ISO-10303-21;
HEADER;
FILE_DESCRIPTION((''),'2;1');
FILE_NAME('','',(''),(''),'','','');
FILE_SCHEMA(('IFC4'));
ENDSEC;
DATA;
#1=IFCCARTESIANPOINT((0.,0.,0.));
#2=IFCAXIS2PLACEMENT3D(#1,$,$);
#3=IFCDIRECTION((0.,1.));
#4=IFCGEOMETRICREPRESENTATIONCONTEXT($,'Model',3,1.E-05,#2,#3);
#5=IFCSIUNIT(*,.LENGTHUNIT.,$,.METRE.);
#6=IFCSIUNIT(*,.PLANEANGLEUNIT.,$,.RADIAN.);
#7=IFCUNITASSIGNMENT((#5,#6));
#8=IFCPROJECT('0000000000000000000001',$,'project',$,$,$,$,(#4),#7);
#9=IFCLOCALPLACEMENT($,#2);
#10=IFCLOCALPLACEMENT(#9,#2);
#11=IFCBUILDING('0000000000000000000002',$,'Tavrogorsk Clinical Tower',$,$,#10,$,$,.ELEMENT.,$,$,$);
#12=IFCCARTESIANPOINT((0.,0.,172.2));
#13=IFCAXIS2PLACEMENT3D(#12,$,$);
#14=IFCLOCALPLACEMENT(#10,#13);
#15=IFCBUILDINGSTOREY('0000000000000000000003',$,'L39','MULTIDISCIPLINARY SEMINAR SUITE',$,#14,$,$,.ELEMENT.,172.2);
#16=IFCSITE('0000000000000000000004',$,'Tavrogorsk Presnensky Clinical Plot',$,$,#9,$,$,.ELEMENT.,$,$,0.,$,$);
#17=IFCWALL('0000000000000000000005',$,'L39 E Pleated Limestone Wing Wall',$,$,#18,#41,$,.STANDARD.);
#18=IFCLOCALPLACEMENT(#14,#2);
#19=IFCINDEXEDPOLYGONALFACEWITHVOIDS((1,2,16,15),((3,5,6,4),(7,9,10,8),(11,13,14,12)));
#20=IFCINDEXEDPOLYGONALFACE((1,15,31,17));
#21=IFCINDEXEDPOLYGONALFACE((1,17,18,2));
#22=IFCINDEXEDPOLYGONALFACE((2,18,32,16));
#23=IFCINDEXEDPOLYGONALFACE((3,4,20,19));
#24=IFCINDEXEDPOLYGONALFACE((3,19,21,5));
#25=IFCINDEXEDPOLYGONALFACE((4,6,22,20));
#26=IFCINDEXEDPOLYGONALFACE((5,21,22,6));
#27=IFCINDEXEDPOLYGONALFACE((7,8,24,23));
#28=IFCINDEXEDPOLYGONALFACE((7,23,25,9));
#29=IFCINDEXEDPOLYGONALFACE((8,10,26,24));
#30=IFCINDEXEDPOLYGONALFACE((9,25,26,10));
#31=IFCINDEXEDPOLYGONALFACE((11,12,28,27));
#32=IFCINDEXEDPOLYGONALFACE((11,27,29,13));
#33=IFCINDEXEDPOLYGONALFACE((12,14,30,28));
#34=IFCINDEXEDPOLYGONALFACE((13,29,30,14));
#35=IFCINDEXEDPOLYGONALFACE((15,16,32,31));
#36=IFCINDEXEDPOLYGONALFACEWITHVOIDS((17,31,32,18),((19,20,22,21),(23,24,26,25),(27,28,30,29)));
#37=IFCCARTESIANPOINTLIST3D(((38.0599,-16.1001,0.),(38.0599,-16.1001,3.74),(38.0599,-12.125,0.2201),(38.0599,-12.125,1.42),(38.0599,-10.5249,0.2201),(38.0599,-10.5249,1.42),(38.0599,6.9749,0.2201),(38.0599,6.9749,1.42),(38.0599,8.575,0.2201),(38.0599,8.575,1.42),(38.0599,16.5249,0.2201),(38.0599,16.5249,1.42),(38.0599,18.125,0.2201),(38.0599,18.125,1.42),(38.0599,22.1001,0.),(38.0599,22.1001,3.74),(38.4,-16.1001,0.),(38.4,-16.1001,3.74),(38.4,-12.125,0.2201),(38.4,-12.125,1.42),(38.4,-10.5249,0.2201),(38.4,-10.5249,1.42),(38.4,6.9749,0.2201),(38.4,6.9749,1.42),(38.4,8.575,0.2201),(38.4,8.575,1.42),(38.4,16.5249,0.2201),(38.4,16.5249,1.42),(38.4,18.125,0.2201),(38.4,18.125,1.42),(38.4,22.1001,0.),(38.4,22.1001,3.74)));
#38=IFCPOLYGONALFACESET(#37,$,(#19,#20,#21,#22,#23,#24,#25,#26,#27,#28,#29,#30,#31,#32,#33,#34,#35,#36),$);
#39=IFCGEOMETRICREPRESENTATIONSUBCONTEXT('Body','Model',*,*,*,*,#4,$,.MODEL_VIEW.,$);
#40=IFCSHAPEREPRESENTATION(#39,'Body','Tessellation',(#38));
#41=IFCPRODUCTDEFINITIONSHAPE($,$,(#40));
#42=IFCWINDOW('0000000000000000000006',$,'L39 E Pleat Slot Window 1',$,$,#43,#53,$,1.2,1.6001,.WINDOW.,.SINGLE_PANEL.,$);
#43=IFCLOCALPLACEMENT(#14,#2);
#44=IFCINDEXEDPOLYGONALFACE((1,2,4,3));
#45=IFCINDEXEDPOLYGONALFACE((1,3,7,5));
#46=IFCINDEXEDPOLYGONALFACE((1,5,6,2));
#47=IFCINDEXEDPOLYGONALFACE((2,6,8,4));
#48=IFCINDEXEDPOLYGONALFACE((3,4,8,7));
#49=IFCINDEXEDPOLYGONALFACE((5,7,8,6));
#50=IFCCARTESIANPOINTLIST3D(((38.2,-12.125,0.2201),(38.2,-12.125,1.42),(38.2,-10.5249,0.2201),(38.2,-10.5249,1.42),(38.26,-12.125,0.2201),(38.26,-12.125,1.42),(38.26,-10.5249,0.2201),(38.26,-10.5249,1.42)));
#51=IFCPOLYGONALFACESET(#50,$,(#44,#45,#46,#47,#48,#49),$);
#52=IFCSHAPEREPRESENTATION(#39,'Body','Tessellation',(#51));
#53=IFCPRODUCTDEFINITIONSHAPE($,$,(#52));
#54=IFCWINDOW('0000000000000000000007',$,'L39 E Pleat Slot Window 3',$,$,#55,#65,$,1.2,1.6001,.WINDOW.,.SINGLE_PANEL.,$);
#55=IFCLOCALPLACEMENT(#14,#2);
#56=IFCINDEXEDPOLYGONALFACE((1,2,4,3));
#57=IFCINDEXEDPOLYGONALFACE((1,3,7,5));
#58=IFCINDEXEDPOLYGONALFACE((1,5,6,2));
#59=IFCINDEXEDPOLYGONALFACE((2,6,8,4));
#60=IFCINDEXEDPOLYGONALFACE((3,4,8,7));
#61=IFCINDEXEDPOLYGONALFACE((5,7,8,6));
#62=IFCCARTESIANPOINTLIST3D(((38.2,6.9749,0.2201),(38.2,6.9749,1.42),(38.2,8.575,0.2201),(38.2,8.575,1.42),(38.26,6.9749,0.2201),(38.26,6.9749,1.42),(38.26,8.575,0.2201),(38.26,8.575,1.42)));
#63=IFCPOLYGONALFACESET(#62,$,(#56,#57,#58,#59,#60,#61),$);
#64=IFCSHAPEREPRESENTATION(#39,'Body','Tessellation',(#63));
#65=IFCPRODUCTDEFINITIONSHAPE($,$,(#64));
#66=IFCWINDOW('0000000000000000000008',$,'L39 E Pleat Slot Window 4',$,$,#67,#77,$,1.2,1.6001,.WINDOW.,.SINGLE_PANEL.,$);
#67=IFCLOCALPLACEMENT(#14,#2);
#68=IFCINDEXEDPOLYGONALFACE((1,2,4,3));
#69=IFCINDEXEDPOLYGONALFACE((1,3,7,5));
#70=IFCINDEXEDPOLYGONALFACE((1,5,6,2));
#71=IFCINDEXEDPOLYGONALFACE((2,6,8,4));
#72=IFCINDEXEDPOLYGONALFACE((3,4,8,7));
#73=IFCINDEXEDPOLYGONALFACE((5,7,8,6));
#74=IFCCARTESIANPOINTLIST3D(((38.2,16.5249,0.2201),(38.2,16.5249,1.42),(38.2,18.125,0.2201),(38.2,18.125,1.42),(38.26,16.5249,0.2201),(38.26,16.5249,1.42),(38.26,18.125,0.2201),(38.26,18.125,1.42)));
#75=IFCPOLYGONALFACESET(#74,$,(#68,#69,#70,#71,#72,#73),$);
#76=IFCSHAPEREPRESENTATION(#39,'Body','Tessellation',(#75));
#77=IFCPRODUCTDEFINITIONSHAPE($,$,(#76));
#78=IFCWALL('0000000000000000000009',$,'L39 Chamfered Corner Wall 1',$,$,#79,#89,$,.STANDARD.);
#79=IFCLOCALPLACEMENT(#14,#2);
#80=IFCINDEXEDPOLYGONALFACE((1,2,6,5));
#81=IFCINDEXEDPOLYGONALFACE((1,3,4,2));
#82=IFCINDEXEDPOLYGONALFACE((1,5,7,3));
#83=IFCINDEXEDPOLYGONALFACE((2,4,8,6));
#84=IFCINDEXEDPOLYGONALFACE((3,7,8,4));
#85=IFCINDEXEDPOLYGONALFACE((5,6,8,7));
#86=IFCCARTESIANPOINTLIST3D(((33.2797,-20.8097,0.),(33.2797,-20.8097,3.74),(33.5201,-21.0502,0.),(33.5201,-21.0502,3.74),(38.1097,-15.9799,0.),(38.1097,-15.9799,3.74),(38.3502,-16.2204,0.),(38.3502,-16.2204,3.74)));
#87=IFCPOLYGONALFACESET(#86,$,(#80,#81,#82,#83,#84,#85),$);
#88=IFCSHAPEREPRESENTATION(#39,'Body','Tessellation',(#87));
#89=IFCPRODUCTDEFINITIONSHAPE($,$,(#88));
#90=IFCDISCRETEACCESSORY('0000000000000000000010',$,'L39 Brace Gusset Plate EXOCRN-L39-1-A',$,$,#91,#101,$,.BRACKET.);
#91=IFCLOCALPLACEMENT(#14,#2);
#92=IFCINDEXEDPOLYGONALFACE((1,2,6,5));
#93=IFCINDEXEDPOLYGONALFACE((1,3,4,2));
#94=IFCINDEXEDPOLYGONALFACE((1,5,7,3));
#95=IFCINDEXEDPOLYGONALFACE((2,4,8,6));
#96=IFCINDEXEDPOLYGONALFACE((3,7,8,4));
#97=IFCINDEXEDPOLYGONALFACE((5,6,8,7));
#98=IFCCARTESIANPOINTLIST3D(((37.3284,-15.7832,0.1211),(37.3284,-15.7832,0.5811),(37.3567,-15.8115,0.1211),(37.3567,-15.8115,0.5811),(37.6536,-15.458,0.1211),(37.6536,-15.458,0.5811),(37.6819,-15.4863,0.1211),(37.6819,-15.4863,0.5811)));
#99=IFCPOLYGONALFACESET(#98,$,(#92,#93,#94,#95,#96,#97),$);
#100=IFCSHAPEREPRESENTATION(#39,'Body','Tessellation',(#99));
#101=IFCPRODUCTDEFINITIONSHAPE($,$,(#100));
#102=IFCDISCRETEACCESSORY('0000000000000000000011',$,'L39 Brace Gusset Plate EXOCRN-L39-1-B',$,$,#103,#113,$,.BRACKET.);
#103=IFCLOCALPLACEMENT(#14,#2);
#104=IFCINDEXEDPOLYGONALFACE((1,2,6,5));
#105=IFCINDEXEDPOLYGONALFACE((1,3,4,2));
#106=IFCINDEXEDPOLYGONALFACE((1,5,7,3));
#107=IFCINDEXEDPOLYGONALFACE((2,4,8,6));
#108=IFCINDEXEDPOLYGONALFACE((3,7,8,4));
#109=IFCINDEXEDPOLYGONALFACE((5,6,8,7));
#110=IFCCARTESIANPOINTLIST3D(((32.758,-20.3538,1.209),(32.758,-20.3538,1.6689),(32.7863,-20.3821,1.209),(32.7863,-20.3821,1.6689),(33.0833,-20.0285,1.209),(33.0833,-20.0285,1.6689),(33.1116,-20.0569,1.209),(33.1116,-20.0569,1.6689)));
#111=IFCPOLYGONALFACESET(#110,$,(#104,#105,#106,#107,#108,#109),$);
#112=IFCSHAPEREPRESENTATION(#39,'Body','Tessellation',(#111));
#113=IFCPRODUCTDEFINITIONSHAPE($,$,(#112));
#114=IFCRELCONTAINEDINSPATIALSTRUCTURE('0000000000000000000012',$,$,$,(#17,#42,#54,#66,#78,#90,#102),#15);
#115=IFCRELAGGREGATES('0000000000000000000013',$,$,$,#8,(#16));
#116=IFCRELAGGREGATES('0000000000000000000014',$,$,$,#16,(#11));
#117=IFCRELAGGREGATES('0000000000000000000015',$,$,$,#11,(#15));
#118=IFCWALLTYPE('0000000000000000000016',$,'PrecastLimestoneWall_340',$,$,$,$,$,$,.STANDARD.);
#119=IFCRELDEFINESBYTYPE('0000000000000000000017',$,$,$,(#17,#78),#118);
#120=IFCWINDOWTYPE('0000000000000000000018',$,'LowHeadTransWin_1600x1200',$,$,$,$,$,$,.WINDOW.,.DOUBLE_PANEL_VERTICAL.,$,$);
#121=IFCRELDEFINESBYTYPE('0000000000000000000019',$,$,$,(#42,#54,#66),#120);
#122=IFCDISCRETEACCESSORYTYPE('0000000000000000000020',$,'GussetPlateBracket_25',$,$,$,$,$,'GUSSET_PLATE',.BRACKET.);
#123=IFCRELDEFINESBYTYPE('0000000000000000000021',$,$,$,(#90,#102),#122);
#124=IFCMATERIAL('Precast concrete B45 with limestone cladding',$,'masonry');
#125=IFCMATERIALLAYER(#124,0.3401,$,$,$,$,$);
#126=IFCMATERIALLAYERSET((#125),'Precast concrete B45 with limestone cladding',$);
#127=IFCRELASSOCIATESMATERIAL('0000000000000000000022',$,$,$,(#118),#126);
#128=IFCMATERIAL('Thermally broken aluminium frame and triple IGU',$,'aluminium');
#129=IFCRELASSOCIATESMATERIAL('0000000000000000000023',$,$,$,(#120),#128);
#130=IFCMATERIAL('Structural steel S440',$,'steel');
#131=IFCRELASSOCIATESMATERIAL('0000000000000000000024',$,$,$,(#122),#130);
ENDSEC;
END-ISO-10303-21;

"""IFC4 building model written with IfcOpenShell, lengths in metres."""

from ifc_helpers import new_model, si_unit, direction, frame, frame_2d, origin, origin_2d, place, context, subcontext, project, spatial, rectangle, extrude, material, layer, layer_set, type_object, element, fill, save


model = new_model("IFC4")

# Units and contexts
model_context = context("Model", 3, precision=1e-05, world=origin(), true_north=direction((0.0, 1.0)))
body_context = subcontext(model_context, "Body", "Model", "MODEL_VIEW")
ifc_project = project(units=[si_unit("LENGTHUNIT", "METRE"), si_unit("PLANEANGLEUNIT", "RADIAN")], contexts=[model_context])

# Site, building, storey
site_placement = place(None, origin())
site = spatial("IfcSite", under=ifc_project, at=site_placement, Name="Tavrogorsk Presnensky Clinical Plot", CompositionType="ELEMENT", RefElevation=0.0)
building_placement = place(site_placement, origin())
building = spatial("IfcBuilding", under=site, at=building_placement, Name="Tavrogorsk Clinical Tower", CompositionType="ELEMENT")
storey_placement = place(building_placement, frame((0.0, 0.0, 172.2)))
storey = spatial("IfcBuildingStorey", under=building, at=storey_placement, Name="L39", Description="MULTIDISCIPLINARY SEMINAR SUITE", CompositionType="ELEMENT", Elevation=172.2)

# Wall, openings, windows
ifc_material_1 = material(Name="Precast concrete B45 with limestone cladding", Category="masonry")
ifc_layer_1 = layer(ifc_material_1, 0.3401)
ifc_layer_set_1 = layer_set([ifc_layer_1], Name="Precast concrete B45 with limestone cladding")
wall_type_1 = type_object("IfcWallType", Name="PrecastLimestoneWall_340", PredefinedType="STANDARD", material=ifc_layer_set_1)
wall_1_placement = place(storey_placement, frame((38.23, -16.1001, 0.0), z_axis=(0.0, 0.0, 1.0), x_axis=(0.0, 1.0, 0.0)))
wall_1 = element("IfcWall", 1, at=wall_1_placement, inside=storey, type_object=wall_type_1, Name="L39 E Pleated Limestone Wing Wall", PredefinedType="STANDARD", context=body_context, shape_type="SweptSolid", body=[
    extrude(rectangle(XDim=38.2002, YDim=0.3401, at=frame_2d((19.1001, 0.0))), origin(), (0.0, 0.0, 1.0), 3.74),
])
opening_1_placement = place(wall_1_placement, frame((3.9751, 0.0, 0.22)))
opening_1 = element("IfcOpeningElement", 2, at=opening_1_placement, cuts=wall_1, PredefinedType="OPENING", context=body_context, shape_type="SweptSolid", body=[
    extrude(rectangle(XDim=1.6001, YDim=1.2, at=frame_2d((0.8, 0.6001))), frame((0.0, 0.1799, 0.0), z_axis=(0.0, -1.0, 0.0), x_axis=(1.0, 0.0, 0.0)), (0.0, 0.0, 1.0), 0.3601),
])
opening_2_placement = place(wall_1_placement, frame((23.075, 0.0, 0.22)))
opening_2 = element("IfcOpeningElement", 3, at=opening_2_placement, cuts=wall_1, PredefinedType="OPENING", context=body_context, shape_type="SweptSolid", body=[
    extrude(rectangle(XDim=1.6001, YDim=1.2, at=frame_2d((0.8, 0.6001))), frame((0.0, 0.1799, 0.0), z_axis=(0.0, -1.0, 0.0), x_axis=(1.0, 0.0, 0.0)), (0.0, 0.0, 1.0), 0.3601),
])
opening_3_placement = place(wall_1_placement, frame((32.625, 0.0, 0.22)))
opening_3 = element("IfcOpeningElement", 4, at=opening_3_placement, cuts=wall_1, PredefinedType="OPENING", context=body_context, shape_type="SweptSolid", body=[
    extrude(rectangle(XDim=1.6001, YDim=1.2, at=frame_2d((0.8, 0.6001))), frame((0.0, 0.1799, 0.0), z_axis=(0.0, -1.0, 0.0), x_axis=(1.0, 0.0, 0.0)), (0.0, 0.0, 1.0), 0.3601),
])
ifc_material_2 = material(Name="Thermally broken aluminium frame and triple IGU", Category="aluminium")
window_type = type_object("IfcWindowType", Name="LowHeadTransWin_1600x1200", PartitioningType="DOUBLE_PANEL_VERTICAL", PredefinedType="WINDOW", material=ifc_material_2)
window_1_placement = place(opening_1_placement, origin())
window_1 = element("IfcWindow", 5, at=window_1_placement, inside=storey, type_object=window_type, Name="L39 E Pleat Slot Window 1", OverallHeight=1.2, OverallWidth=1.6001, PartitioningType="SINGLE_PANEL", PredefinedType="WINDOW", context=body_context, shape_type="SweptSolid", body=[
    extrude(rectangle(XDim=1.6001, YDim=1.2, at=frame_2d((0.8, 0.6001))), frame((0.0, 0.03, 0.0), z_axis=(0.0, -1.0, 0.0), x_axis=(1.0, 0.0, 0.0)), (0.0, 0.0, 1.0), 0.0601),
])
fill(opening_1, window_1)
window_2_placement = place(opening_2_placement, origin())
window_2 = element("IfcWindow", 6, at=window_2_placement, inside=storey, type_object=window_type, Name="L39 E Pleat Slot Window 3", OverallHeight=1.2, OverallWidth=1.6001, PartitioningType="SINGLE_PANEL", PredefinedType="WINDOW", context=body_context, shape_type="SweptSolid", body=[
    extrude(rectangle(XDim=1.6001, YDim=1.2, at=frame_2d((0.8, 0.6001))), frame((0.0, 0.03, 0.0), z_axis=(0.0, -1.0, 0.0), x_axis=(1.0, 0.0, 0.0)), (0.0, 0.0, 1.0), 0.0601),
])
fill(opening_2, window_2)
window_3_placement = place(opening_3_placement, origin())
window_3 = element("IfcWindow", 7, at=window_3_placement, inside=storey, type_object=window_type, Name="L39 E Pleat Slot Window 4", OverallHeight=1.2, OverallWidth=1.6001, PartitioningType="SINGLE_PANEL", PredefinedType="WINDOW", context=body_context, shape_type="SweptSolid", body=[
    extrude(rectangle(XDim=1.6001, YDim=1.2, at=frame_2d((0.8, 0.6001))), frame((0.0, 0.03, 0.0), z_axis=(0.0, -1.0, 0.0), x_axis=(1.0, 0.0, 0.0)), (0.0, 0.0, 1.0), 0.0601),
])
fill(opening_3, window_3)

# Wall
wall_2_placement = place(storey_placement, frame((33.3999, -20.9299, 0.0), z_axis=(0.0, 0.0, 1.0), x_axis=(0.707125, 0.707089, 0.0)))
element("IfcWall", 8, at=wall_2_placement, inside=storey, type_object=wall_type_1, Name="L39 Chamfered Corner Wall 1", PredefinedType="STANDARD", context=body_context, shape_type="SweptSolid", body=[
    extrude(rectangle(XDim=6.8306, YDim=0.3401, at=frame_2d((3.4153, 0.0))), origin(), (0.0, 0.0, 1.0), 3.74),
])

# Discrete accessories
ifc_material_3 = material(Name="Structural steel S440", Category="steel")
discrete_accessory_type = type_object("IfcDiscreteAccessoryType", Name="GussetPlateBracket_25", ElementType="GUSSET_PLATE", PredefinedType="BRACKET", material=ifc_material_3)
for number, where, z_axis, x_axis, name in (
    (9, (37.5051, -15.6348, 0.1211), (0.0, 0.0, 1.0), (-0.707107, -0.707107, 0.0), "L39 Brace Gusset Plate EXOCRN-L39-1-A"),
    (10, (32.9348, -20.2053, 1.209), (0.0, 0.0, 1.0), (-0.707107, -0.707107, 0.0), "L39 Brace Gusset Plate EXOCRN-L39-1-B"),
):
    element("IfcDiscreteAccessory", number, at=place(storey_placement, frame(where, z_axis=z_axis, x_axis=x_axis)), inside=storey, type_object=discrete_accessory_type, Name=name, PredefinedType="BRACKET", context=body_context, shape_type="SweptSolid", body=[
        extrude(rectangle(XDim=0.46, YDim=0.04, at=origin_2d()), origin(), (0.0, 0.0, 1.0), 0.46),
    ])

save(model, "model.ifc")
